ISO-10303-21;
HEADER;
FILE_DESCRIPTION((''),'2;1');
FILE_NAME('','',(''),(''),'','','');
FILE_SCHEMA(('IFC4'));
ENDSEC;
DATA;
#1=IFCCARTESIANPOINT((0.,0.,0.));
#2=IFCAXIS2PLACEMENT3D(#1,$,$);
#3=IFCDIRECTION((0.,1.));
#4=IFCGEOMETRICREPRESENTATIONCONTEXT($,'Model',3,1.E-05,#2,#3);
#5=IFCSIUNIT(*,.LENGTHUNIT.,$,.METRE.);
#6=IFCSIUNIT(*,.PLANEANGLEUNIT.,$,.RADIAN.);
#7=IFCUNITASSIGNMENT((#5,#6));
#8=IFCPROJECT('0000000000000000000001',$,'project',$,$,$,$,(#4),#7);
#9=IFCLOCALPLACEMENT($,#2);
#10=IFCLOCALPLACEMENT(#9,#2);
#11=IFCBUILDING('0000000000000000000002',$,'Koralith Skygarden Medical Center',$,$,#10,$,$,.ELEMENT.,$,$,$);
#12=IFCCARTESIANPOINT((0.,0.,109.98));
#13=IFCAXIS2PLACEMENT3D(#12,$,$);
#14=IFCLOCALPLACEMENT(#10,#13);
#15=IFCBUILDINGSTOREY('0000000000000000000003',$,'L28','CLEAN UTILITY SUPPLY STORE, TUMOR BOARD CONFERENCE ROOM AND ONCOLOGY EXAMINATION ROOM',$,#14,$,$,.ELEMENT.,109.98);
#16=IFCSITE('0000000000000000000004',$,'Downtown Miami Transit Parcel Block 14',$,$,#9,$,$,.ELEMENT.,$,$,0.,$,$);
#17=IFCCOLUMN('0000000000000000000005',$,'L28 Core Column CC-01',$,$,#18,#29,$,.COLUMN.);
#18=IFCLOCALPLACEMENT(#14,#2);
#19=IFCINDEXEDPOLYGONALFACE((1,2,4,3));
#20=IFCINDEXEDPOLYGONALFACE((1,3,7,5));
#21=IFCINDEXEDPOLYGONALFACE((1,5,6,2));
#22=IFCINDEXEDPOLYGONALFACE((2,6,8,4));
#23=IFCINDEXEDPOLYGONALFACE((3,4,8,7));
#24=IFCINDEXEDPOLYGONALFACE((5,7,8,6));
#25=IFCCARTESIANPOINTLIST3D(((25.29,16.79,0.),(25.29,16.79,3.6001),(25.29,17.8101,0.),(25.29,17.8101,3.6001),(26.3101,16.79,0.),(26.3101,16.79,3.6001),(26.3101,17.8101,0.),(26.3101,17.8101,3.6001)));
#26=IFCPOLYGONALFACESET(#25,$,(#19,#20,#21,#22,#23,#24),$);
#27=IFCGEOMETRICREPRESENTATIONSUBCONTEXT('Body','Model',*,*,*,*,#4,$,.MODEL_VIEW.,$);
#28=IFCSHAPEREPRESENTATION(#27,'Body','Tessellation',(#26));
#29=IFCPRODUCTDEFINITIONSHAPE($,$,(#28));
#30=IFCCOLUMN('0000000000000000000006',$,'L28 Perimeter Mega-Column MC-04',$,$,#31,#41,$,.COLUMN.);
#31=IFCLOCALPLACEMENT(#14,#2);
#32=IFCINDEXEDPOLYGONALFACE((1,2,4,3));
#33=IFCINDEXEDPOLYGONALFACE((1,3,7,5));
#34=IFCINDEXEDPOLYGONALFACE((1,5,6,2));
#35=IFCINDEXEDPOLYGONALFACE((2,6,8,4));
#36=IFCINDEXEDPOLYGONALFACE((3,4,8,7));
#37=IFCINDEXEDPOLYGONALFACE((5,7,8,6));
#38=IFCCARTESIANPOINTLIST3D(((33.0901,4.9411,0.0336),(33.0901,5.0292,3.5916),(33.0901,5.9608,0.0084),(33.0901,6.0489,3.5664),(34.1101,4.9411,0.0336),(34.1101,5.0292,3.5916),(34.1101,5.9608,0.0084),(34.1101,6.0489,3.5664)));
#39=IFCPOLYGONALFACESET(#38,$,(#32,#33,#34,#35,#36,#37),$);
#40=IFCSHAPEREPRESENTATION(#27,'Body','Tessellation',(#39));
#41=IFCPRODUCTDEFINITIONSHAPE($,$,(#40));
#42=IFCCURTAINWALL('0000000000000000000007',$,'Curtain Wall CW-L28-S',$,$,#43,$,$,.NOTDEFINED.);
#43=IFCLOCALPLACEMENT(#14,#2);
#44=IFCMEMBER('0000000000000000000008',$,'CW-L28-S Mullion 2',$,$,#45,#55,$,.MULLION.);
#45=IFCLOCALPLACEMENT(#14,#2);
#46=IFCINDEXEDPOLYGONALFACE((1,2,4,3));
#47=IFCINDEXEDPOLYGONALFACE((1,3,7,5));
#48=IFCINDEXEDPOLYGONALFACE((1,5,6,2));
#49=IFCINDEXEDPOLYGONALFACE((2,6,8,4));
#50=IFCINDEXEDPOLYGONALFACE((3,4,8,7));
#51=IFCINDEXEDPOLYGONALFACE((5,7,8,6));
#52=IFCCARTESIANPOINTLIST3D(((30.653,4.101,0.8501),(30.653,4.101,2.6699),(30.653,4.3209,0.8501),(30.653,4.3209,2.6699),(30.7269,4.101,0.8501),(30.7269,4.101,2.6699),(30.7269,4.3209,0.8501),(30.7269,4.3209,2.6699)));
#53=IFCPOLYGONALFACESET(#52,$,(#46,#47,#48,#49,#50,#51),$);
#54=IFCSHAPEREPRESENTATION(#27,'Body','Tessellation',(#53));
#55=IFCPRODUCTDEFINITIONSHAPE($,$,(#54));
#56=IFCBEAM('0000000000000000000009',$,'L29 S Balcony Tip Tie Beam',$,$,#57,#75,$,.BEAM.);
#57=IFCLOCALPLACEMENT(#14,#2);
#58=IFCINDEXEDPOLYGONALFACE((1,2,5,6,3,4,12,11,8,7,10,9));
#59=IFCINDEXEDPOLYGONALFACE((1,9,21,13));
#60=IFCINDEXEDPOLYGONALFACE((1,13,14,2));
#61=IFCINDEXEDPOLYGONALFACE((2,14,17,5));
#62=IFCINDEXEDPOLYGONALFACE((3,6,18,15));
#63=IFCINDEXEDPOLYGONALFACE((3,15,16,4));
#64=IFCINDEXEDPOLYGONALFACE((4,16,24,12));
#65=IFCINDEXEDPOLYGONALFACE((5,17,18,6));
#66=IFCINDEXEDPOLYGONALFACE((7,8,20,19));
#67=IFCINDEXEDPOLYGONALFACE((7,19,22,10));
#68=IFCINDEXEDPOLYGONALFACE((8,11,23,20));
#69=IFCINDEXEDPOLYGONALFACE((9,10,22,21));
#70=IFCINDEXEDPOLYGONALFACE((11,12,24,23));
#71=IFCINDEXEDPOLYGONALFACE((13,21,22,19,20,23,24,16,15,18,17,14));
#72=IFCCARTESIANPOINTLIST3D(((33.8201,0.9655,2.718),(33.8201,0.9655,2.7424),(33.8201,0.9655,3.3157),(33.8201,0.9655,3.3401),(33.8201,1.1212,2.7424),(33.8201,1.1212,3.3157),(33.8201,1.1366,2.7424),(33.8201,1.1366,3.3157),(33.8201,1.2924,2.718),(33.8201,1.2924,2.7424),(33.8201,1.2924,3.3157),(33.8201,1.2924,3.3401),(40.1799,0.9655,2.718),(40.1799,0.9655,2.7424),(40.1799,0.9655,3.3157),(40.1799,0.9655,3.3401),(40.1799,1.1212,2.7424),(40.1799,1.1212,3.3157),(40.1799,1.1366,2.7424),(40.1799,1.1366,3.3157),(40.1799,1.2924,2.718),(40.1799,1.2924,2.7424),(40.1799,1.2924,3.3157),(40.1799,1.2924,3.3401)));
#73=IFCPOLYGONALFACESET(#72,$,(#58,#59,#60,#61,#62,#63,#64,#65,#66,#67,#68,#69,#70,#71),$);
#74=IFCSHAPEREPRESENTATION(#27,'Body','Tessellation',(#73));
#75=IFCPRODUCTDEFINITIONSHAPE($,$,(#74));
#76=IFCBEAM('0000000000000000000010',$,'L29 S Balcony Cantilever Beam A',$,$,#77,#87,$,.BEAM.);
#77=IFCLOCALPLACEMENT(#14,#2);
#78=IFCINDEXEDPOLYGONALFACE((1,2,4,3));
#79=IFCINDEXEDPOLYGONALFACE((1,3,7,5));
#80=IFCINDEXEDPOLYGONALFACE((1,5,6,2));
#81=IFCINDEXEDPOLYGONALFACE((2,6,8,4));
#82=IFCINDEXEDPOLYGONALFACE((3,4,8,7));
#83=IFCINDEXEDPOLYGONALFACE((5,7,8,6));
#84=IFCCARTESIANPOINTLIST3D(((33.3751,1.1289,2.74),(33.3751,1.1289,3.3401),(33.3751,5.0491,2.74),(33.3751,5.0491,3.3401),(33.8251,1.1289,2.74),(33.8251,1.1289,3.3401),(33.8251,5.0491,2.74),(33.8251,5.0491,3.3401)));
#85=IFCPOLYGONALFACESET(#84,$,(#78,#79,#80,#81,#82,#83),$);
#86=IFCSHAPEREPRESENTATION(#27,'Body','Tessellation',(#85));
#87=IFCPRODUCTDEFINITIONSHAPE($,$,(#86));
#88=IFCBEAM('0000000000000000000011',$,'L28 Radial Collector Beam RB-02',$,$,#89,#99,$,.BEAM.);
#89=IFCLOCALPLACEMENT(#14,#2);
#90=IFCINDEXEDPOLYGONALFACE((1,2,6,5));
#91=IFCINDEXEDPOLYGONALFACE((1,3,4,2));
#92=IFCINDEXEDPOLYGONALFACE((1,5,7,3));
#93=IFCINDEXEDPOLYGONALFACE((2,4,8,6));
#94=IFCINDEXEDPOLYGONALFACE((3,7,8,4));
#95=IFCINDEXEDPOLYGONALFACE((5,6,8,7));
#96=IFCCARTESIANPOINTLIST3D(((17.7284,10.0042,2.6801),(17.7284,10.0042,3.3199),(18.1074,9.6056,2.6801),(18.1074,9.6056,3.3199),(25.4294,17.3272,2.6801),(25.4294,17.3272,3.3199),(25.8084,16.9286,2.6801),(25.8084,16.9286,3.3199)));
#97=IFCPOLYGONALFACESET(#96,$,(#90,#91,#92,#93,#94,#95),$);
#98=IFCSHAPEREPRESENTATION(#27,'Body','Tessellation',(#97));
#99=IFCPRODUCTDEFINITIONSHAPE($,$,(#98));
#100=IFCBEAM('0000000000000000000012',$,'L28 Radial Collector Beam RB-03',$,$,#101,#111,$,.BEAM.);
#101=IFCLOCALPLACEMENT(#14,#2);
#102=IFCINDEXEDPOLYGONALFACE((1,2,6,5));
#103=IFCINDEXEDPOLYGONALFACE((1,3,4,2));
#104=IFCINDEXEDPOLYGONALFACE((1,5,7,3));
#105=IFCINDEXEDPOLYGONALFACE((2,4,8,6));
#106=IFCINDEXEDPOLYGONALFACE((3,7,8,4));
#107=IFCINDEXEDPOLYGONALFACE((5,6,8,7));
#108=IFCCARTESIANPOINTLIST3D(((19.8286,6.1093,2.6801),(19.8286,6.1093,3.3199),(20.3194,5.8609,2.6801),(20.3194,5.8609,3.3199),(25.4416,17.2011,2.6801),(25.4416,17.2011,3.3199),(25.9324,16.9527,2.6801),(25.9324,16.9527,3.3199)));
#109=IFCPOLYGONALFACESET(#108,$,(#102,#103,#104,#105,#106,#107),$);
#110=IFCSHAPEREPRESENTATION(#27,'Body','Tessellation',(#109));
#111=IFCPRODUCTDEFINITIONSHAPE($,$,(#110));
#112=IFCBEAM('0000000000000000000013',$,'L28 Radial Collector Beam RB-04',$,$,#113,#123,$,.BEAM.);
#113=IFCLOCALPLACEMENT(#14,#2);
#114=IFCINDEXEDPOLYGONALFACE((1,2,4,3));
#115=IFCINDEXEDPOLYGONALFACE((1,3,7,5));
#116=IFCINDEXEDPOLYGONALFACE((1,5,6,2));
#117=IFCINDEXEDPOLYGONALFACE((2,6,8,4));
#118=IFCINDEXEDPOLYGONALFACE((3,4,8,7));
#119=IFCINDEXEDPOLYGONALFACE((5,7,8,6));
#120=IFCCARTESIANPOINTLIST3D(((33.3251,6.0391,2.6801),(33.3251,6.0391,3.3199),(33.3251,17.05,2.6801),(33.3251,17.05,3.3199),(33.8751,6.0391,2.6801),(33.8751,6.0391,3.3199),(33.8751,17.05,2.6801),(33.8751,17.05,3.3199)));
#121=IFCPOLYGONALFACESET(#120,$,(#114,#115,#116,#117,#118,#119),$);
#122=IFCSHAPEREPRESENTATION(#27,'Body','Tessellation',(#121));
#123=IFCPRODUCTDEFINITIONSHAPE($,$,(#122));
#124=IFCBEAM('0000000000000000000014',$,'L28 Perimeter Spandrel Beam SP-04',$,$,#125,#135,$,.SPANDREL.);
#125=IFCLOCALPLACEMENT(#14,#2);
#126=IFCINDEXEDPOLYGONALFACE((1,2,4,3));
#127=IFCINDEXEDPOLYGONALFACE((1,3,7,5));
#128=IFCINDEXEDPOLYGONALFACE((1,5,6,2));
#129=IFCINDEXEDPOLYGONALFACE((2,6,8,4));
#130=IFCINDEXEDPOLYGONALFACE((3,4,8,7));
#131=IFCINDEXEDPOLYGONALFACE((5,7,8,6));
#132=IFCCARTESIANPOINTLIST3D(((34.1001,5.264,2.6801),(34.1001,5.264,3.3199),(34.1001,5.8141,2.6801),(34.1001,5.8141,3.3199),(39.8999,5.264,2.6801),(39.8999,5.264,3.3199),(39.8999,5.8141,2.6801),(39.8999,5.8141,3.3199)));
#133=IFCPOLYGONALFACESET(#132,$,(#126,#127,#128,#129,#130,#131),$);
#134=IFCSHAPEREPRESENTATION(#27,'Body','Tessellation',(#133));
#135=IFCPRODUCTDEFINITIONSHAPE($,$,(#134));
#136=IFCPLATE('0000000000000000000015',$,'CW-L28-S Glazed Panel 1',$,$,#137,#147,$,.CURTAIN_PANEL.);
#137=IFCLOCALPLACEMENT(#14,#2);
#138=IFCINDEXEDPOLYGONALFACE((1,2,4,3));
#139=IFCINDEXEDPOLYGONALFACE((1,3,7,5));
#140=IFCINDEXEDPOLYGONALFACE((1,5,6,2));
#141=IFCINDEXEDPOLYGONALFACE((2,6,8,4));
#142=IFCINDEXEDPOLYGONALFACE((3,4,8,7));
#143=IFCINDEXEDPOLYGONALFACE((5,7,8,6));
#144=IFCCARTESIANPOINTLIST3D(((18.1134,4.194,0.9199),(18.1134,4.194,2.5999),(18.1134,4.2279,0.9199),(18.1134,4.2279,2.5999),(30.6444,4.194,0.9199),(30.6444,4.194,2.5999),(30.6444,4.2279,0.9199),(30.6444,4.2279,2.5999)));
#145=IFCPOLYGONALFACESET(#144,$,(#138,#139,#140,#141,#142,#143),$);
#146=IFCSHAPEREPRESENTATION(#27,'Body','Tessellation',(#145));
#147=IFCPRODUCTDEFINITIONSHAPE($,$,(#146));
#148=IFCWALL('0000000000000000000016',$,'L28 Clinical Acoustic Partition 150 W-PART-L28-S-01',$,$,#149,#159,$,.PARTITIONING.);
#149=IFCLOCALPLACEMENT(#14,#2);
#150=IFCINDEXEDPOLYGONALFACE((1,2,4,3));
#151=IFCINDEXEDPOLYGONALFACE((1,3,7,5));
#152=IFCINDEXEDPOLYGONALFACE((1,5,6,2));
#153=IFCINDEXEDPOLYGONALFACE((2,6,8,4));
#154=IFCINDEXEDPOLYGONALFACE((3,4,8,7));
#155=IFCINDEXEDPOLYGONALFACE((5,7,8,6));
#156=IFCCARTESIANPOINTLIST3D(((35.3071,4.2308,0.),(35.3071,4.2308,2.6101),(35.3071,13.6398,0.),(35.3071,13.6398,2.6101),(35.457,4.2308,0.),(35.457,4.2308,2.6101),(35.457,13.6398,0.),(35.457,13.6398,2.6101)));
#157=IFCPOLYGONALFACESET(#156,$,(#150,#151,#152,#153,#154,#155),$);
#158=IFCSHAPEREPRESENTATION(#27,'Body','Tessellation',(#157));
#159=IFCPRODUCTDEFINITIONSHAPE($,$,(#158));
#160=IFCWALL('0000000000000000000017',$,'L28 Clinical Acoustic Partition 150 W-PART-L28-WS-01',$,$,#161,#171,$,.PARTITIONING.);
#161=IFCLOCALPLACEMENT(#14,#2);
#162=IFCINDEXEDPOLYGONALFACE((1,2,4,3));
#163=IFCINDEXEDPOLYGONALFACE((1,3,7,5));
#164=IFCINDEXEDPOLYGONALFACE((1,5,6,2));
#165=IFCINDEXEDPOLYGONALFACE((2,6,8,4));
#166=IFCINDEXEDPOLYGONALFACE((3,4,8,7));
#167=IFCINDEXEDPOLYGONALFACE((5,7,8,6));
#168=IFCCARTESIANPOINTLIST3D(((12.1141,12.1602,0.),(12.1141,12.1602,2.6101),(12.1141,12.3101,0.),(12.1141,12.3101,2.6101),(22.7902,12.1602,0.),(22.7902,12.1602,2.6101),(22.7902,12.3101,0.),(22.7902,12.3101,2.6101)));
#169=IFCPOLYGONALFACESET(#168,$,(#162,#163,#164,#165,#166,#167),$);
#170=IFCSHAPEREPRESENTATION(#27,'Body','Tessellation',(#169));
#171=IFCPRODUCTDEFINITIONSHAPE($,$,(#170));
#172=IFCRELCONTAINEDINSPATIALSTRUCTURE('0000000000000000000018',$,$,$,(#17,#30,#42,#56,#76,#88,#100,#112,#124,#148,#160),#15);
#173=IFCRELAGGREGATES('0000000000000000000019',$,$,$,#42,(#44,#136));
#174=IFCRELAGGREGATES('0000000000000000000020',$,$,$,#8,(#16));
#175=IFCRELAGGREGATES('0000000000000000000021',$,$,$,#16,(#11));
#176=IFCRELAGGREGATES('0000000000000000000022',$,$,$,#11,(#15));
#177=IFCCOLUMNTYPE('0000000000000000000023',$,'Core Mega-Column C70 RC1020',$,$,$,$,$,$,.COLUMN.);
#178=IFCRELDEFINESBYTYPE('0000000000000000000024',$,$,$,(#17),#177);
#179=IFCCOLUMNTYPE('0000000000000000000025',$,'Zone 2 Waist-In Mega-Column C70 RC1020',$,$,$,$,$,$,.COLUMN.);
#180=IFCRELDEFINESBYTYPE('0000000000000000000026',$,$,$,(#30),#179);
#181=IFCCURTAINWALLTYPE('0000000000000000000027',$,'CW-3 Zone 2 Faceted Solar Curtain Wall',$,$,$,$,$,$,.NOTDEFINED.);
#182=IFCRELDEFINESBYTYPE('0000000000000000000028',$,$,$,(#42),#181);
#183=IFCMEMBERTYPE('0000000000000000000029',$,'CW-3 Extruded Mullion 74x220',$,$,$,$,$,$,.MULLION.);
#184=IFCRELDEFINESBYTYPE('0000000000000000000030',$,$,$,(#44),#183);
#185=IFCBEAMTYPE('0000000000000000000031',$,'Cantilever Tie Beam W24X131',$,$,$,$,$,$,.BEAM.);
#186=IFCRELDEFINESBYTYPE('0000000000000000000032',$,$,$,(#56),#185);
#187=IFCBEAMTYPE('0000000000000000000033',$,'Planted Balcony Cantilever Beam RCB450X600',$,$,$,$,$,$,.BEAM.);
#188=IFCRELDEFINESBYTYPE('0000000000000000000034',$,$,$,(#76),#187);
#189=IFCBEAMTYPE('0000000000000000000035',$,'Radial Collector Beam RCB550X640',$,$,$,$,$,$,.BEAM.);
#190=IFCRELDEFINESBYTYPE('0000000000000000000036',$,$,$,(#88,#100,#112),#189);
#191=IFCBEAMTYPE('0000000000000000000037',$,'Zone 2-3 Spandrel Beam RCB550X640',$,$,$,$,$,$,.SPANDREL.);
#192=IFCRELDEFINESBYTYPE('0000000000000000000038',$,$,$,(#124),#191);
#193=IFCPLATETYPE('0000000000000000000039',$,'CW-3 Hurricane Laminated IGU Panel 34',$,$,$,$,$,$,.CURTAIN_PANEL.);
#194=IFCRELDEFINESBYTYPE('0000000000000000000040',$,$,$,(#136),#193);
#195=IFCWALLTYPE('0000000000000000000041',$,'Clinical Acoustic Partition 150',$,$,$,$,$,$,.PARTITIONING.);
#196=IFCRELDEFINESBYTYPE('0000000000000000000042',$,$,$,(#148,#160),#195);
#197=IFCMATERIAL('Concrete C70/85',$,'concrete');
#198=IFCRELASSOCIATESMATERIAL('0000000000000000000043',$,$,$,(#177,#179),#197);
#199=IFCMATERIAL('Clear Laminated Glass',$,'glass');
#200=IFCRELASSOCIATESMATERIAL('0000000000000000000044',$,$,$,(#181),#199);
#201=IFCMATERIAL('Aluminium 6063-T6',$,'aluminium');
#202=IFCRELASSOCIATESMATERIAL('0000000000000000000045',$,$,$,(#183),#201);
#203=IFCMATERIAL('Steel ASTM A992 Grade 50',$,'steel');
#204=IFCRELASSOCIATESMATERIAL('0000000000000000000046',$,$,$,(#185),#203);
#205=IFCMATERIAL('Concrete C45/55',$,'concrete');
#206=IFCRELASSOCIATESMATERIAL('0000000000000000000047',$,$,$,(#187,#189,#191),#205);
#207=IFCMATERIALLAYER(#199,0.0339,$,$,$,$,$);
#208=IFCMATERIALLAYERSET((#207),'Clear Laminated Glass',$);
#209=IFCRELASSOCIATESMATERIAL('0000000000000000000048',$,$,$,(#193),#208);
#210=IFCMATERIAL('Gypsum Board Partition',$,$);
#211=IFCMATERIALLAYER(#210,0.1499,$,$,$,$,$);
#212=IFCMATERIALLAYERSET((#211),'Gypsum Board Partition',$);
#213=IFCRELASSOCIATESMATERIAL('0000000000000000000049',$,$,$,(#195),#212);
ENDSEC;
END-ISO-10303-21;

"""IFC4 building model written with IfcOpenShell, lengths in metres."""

from ifc_helpers import new_model, si_unit, direction, frame, frame_2d, origin, origin_2d, place, context, subcontext, project, spatial, rectangle, i_section, extrude, material, layer, layer_set, material_profile, profile_set, type_object, element, aggregate, save


model = new_model("IFC4")

# Units and contexts
model_context = context("Model", 3, precision=1e-05, world=origin(), true_north=direction((0.0, 1.0)))
body_context = subcontext(model_context, "Body", "Model", "MODEL_VIEW")
ifc_project = project(units=[si_unit("LENGTHUNIT", "METRE"), si_unit("PLANEANGLEUNIT", "RADIAN")], contexts=[model_context])

# Site, building, storey
site_placement = place(None, origin())
site = spatial("IfcSite", under=ifc_project, at=site_placement, Name="Downtown Miami Transit Parcel Block 14", CompositionType="ELEMENT", RefElevation=0.0)
building_placement = place(site_placement, origin())
building = spatial("IfcBuilding", under=site, at=building_placement, Name="Koralith Skygarden Medical Center", CompositionType="ELEMENT")
storey_placement = place(building_placement, frame((0.0, 0.0, 109.98)))
storey = spatial("IfcBuildingStorey", under=building, at=storey_placement, Name="L28", Description="CLEAN UTILITY SUPPLY STORE, TUMOR BOARD CONFERENCE ROOM AND ONCOLOGY EXAMINATION ROOM", CompositionType="ELEMENT", Elevation=109.98)

# Columns
ifc_material_1 = material(Name="Concrete C70/85", Category="concrete")
ifc_material_profile_1 = material_profile(ifc_material_1, rectangle(XDim=1.02, YDim=1.02, at=origin_2d()), Name="RC1020X1020")
ifc_profile_set_1 = profile_set([ifc_material_profile_1], Name="Concrete C70/85")
column_type_1 = type_object("IfcColumnType", Name="Core Mega-Column C70 RC1020", PredefinedType="COLUMN", material=ifc_profile_set_1)
column_1_placement = place(storey_placement, frame((25.8, 17.3, 0.0), z_axis=(0.0, 0.0, 1.0), x_axis=(1.0, 0.0, 0.0)))
element("IfcColumn", 1, at=column_1_placement, inside=storey, type_object=column_type_1, Name="L28 Core Column CC-01", PredefinedType="COLUMN", context=body_context, shape_type="SweptSolid", body=[
    extrude(rectangle(XDim=1.02, YDim=1.02, at=origin_2d()), origin(), (0.0, 0.0, 1.0), 3.6001),
])
ifc_material_profile_2 = material_profile(ifc_material_1, rectangle(XDim=1.02, YDim=1.02, at=origin_2d()), Name="RC1020X1020")
ifc_profile_set_2 = profile_set([ifc_material_profile_2], Name="Concrete C70/85")
column_type_2 = type_object("IfcColumnType", Name="Zone 2 Waist-In Mega-Column C70 RC1020", PredefinedType="COLUMN", material=ifc_profile_set_2)
column_2_placement = place(storey_placement, frame((33.6001, 5.4509, 0.021), z_axis=(0.0, 0.024763, 0.999693), x_axis=(-1.0, 0.0, 0.0)))
element("IfcColumn", 2, at=column_2_placement, inside=storey, type_object=column_type_2, Name="L28 Perimeter Mega-Column MC-04", PredefinedType="COLUMN", context=body_context, shape_type="SweptSolid", body=[
    extrude(rectangle(XDim=1.02, YDim=1.02, at=origin_2d()), origin(), (0.0, 0.0, 1.0), 3.5591),
])

# Curtain wall, member
ifc_material_2 = material(Name="Clear Laminated Glass", Category="glass")
curtain_wall_type = type_object("IfcCurtainWallType", Name="CW-3 Zone 2 Faceted Solar Curtain Wall", PredefinedType="NOTDEFINED", material=ifc_material_2)
curtain_wall_placement = place(storey_placement, origin())
curtain_wall = element("IfcCurtainWall", 3, at=curtain_wall_placement, inside=storey, type_object=curtain_wall_type, Name="Curtain Wall CW-L28-S", PredefinedType="NOTDEFINED")
ifc_material_3 = material(Name="Aluminium 6063-T6", Category="aluminium")
ifc_material_profile_3 = material_profile(ifc_material_3, rectangle(XDim=0.074, YDim=0.22, at=origin_2d()), Name="MUL74X220")
ifc_profile_set_3 = profile_set([ifc_material_profile_3], Name="Aluminium 6063-T6")
member_type = type_object("IfcMemberType", Name="CW-3 Extruded Mullion 74x220", PredefinedType="MULLION", material=ifc_profile_set_3)
member_placement = place(storey_placement, frame((30.6899, 4.2109, 0.8501), z_axis=(0.0, 0.0, 1.0), x_axis=(1.0, 0.0, 0.0)))
member = element("IfcMember", 4, at=member_placement, type_object=member_type, Name="CW-L28-S Mullion 2", PredefinedType="MULLION", context=body_context, shape_type="SweptSolid", body=[
    extrude(rectangle(XDim=0.074, YDim=0.22, at=origin_2d()), origin(), (0.0, 0.0, 1.0), 1.8198),
])

# Beams
ifc_material_4 = material(Name="Steel ASTM A992 Grade 50", Category="steel")
ifc_material_profile_4 = material_profile(ifc_material_4, i_section(OverallWidth=0.3269, OverallDepth=0.6221, WebThickness=0.0154, FlangeThickness=0.0244, at=origin_2d()), Name="W24X131")
ifc_profile_set_4 = profile_set([ifc_material_profile_4], Name="Steel ASTM A992 Grade 50")
beam_type_1 = type_object("IfcBeamType", Name="Cantilever Tie Beam W24X131", PredefinedType="BEAM", material=ifc_profile_set_4)
beam_1_placement = place(storey_placement, frame((33.8201, 1.1289, 3.0291), z_axis=(1.0, 0.0, 0.0), x_axis=(0.0, 1.0, 0.0)))
element("IfcBeam", 5, at=beam_1_placement, inside=storey, type_object=beam_type_1, Name="L29 S Balcony Tip Tie Beam", PredefinedType="BEAM", context=body_context, shape_type="SweptSolid", body=[
    extrude(i_section(OverallWidth=0.3269, OverallDepth=0.6221, WebThickness=0.0154, FlangeThickness=0.0244, at=origin_2d()), origin(), (0.0, 0.0, 1.0), 6.3599),
])
ifc_material_5 = material(Name="Concrete C45/55", Category="concrete")
ifc_material_profile_5 = material_profile(ifc_material_5, rectangle(XDim=0.45, YDim=0.6001, at=origin_2d()), Name="RCB450X600")
ifc_profile_set_5 = profile_set([ifc_material_profile_5], Name="Concrete C45/55")
beam_type_2 = type_object("IfcBeamType", Name="Planted Balcony Cantilever Beam RCB450X600", PredefinedType="BEAM", material=ifc_profile_set_5)
beam_2_placement = place(storey_placement, frame((33.6001, 5.0491, 3.04), z_axis=(0.0, -1.0, 0.0), x_axis=(1.0, 0.0, 0.0)))
element("IfcBeam", 6, at=beam_2_placement, inside=storey, type_object=beam_type_2, Name="L29 S Balcony Cantilever Beam A", PredefinedType="BEAM", context=body_context, shape_type="SweptSolid", body=[
    extrude(rectangle(XDim=0.45, YDim=0.6001, at=origin_2d()), origin(), (0.0, 0.0, 1.0), 3.9202),
])
ifc_material_profile_6 = material_profile(ifc_material_5, rectangle(XDim=0.55, YDim=0.6399, at=origin_2d()), Name="RCB550X640")
ifc_profile_set_6 = profile_set([ifc_material_profile_6], Name="Concrete C45/55")
beam_type_3 = type_object("IfcBeamType", Name="Radial Collector Beam RCB550X640", PredefinedType="BEAM", material=ifc_profile_set_6)
beam_3_placement = place(storey_placement, frame((25.6189, 17.1279, 3.0), z_axis=(-0.724665, -0.689101, 0.0), x_axis=(0.689101, -0.724665, 0.0)))
element("IfcBeam", 7, at=beam_3_placement, inside=storey, type_object=beam_type_3, Name="L28 Radial Collector Beam RB-02", PredefinedType="BEAM", context=body_context, shape_type="SweptSolid", body=[
    extrude(rectangle(XDim=0.55, YDim=0.6399, at=origin_2d()), origin(), (0.0, 0.0, 1.0), 10.627),
])
beam_4_placement = place(storey_placement, frame((25.687, 17.0769, 3.0), z_axis=(-0.451529, -0.892256, 0.0), x_axis=(0.892256, -0.451529, 0.0)))
element("IfcBeam", 8, at=beam_4_placement, inside=storey, type_object=beam_type_3, Name="L28 Radial Collector Beam RB-03", PredefinedType="BEAM", context=body_context, shape_type="SweptSolid", body=[
    extrude(rectangle(XDim=0.55, YDim=0.6399, at=origin_2d()), origin(), (0.0, 0.0, 1.0), 12.4312),
])
beam_5_placement = place(storey_placement, frame((33.6001, 17.05, 3.0), z_axis=(0.0, -1.0, 0.0), x_axis=(1.0, 0.0, 0.0)))
element("IfcBeam", 9, at=beam_5_placement, inside=storey, type_object=beam_type_3, Name="L28 Radial Collector Beam RB-04", PredefinedType="BEAM", context=body_context, shape_type="SweptSolid", body=[
    extrude(rectangle(XDim=0.55, YDim=0.6399, at=origin_2d()), origin(), (0.0, 0.0, 1.0), 11.011),
])
ifc_material_profile_7 = material_profile(ifc_material_5, rectangle(XDim=0.55, YDim=0.6399, at=origin_2d()), Name="RCB550X640")
ifc_profile_set_7 = profile_set([ifc_material_profile_7], Name="Concrete C45/55")
beam_type_4 = type_object("IfcBeamType", Name="Zone 2-3 Spandrel Beam RCB550X640", PredefinedType="SPANDREL", material=ifc_profile_set_7)
beam_6_placement = place(storey_placement, frame((34.1001, 5.5391, 3.0), z_axis=(1.0, 0.0, 0.0), x_axis=(0.0, 1.0, 0.0)))
element("IfcBeam", 10, at=beam_6_placement, inside=storey, type_object=beam_type_4, Name="L28 Perimeter Spandrel Beam SP-04", PredefinedType="SPANDREL", context=body_context, shape_type="SweptSolid", body=[
    extrude(rectangle(XDim=0.55, YDim=0.6399, at=origin_2d()), origin(), (0.0, 0.0, 1.0), 5.7998),
])

# Plate
ifc_layer_1 = layer(ifc_material_2, 0.0339)
ifc_layer_set_1 = layer_set([ifc_layer_1], Name="Clear Laminated Glass")
plate_type = type_object("IfcPlateType", Name="CW-3 Hurricane Laminated IGU Panel 34", PredefinedType="CURTAIN_PANEL", material=ifc_layer_set_1)
plate_placement = place(storey_placement, frame((24.3789, 4.2109, 0.9199), z_axis=(0.0, 0.0, 1.0), x_axis=(1.0, 0.0, 0.0)))
plate = element("IfcPlate", 11, at=plate_placement, type_object=plate_type, Name="CW-L28-S Glazed Panel 1", PredefinedType="CURTAIN_PANEL", context=body_context, shape_type="SweptSolid", body=[
    extrude(rectangle(XDim=12.531, YDim=0.0339, at=origin_2d()), origin(), (0.0, 0.0, 1.0), 1.6799),
])
aggregate(curtain_wall, [member, plate])

# Walls
ifc_material_6 = material(Name="Gypsum Board Partition")
ifc_layer_2 = layer(ifc_material_6, 0.1499)
ifc_layer_set_2 = layer_set([ifc_layer_2], Name="Gypsum Board Partition")
wall_type_1 = type_object("IfcWallType", Name="Clinical Acoustic Partition 150", PredefinedType="PARTITIONING", material=ifc_layer_set_2)
wall_1_placement = place(storey_placement, frame((35.3821, 13.6399, 0.0), z_axis=(0.0, 0.0, 1.0), x_axis=(0.0, -1.0, 0.0)))
element("IfcWall", 12, at=wall_1_placement, inside=storey, type_object=wall_type_1, Name="L28 Clinical Acoustic Partition 150 W-PART-L28-S-01", PredefinedType="PARTITIONING", context=body_context, shape_type="SweptSolid", body=[
    extrude(rectangle(XDim=9.4089, YDim=0.1499, at=frame_2d((4.7046, 0.0))), origin(), (0.0, 0.0, 1.0), 2.6101),
])
wall_2_placement = place(storey_placement, frame((22.79, 12.2351, 0.0), z_axis=(0.0, 0.0, 1.0), x_axis=(-1.0, 0.0, 0.0)))
element("IfcWall", 13, at=wall_2_placement, inside=storey, type_object=wall_type_1, Name="L28 Clinical Acoustic Partition 150 W-PART-L28-WS-01", PredefinedType="PARTITIONING", context=body_context, shape_type="SweptSolid", body=[
    extrude(rectangle(XDim=10.676, YDim=0.1499, at=frame_2d((5.3379, 0.0))), origin(), (0.0, 0.0, 1.0), 2.6101),
])

save(model, "model.ifc")
